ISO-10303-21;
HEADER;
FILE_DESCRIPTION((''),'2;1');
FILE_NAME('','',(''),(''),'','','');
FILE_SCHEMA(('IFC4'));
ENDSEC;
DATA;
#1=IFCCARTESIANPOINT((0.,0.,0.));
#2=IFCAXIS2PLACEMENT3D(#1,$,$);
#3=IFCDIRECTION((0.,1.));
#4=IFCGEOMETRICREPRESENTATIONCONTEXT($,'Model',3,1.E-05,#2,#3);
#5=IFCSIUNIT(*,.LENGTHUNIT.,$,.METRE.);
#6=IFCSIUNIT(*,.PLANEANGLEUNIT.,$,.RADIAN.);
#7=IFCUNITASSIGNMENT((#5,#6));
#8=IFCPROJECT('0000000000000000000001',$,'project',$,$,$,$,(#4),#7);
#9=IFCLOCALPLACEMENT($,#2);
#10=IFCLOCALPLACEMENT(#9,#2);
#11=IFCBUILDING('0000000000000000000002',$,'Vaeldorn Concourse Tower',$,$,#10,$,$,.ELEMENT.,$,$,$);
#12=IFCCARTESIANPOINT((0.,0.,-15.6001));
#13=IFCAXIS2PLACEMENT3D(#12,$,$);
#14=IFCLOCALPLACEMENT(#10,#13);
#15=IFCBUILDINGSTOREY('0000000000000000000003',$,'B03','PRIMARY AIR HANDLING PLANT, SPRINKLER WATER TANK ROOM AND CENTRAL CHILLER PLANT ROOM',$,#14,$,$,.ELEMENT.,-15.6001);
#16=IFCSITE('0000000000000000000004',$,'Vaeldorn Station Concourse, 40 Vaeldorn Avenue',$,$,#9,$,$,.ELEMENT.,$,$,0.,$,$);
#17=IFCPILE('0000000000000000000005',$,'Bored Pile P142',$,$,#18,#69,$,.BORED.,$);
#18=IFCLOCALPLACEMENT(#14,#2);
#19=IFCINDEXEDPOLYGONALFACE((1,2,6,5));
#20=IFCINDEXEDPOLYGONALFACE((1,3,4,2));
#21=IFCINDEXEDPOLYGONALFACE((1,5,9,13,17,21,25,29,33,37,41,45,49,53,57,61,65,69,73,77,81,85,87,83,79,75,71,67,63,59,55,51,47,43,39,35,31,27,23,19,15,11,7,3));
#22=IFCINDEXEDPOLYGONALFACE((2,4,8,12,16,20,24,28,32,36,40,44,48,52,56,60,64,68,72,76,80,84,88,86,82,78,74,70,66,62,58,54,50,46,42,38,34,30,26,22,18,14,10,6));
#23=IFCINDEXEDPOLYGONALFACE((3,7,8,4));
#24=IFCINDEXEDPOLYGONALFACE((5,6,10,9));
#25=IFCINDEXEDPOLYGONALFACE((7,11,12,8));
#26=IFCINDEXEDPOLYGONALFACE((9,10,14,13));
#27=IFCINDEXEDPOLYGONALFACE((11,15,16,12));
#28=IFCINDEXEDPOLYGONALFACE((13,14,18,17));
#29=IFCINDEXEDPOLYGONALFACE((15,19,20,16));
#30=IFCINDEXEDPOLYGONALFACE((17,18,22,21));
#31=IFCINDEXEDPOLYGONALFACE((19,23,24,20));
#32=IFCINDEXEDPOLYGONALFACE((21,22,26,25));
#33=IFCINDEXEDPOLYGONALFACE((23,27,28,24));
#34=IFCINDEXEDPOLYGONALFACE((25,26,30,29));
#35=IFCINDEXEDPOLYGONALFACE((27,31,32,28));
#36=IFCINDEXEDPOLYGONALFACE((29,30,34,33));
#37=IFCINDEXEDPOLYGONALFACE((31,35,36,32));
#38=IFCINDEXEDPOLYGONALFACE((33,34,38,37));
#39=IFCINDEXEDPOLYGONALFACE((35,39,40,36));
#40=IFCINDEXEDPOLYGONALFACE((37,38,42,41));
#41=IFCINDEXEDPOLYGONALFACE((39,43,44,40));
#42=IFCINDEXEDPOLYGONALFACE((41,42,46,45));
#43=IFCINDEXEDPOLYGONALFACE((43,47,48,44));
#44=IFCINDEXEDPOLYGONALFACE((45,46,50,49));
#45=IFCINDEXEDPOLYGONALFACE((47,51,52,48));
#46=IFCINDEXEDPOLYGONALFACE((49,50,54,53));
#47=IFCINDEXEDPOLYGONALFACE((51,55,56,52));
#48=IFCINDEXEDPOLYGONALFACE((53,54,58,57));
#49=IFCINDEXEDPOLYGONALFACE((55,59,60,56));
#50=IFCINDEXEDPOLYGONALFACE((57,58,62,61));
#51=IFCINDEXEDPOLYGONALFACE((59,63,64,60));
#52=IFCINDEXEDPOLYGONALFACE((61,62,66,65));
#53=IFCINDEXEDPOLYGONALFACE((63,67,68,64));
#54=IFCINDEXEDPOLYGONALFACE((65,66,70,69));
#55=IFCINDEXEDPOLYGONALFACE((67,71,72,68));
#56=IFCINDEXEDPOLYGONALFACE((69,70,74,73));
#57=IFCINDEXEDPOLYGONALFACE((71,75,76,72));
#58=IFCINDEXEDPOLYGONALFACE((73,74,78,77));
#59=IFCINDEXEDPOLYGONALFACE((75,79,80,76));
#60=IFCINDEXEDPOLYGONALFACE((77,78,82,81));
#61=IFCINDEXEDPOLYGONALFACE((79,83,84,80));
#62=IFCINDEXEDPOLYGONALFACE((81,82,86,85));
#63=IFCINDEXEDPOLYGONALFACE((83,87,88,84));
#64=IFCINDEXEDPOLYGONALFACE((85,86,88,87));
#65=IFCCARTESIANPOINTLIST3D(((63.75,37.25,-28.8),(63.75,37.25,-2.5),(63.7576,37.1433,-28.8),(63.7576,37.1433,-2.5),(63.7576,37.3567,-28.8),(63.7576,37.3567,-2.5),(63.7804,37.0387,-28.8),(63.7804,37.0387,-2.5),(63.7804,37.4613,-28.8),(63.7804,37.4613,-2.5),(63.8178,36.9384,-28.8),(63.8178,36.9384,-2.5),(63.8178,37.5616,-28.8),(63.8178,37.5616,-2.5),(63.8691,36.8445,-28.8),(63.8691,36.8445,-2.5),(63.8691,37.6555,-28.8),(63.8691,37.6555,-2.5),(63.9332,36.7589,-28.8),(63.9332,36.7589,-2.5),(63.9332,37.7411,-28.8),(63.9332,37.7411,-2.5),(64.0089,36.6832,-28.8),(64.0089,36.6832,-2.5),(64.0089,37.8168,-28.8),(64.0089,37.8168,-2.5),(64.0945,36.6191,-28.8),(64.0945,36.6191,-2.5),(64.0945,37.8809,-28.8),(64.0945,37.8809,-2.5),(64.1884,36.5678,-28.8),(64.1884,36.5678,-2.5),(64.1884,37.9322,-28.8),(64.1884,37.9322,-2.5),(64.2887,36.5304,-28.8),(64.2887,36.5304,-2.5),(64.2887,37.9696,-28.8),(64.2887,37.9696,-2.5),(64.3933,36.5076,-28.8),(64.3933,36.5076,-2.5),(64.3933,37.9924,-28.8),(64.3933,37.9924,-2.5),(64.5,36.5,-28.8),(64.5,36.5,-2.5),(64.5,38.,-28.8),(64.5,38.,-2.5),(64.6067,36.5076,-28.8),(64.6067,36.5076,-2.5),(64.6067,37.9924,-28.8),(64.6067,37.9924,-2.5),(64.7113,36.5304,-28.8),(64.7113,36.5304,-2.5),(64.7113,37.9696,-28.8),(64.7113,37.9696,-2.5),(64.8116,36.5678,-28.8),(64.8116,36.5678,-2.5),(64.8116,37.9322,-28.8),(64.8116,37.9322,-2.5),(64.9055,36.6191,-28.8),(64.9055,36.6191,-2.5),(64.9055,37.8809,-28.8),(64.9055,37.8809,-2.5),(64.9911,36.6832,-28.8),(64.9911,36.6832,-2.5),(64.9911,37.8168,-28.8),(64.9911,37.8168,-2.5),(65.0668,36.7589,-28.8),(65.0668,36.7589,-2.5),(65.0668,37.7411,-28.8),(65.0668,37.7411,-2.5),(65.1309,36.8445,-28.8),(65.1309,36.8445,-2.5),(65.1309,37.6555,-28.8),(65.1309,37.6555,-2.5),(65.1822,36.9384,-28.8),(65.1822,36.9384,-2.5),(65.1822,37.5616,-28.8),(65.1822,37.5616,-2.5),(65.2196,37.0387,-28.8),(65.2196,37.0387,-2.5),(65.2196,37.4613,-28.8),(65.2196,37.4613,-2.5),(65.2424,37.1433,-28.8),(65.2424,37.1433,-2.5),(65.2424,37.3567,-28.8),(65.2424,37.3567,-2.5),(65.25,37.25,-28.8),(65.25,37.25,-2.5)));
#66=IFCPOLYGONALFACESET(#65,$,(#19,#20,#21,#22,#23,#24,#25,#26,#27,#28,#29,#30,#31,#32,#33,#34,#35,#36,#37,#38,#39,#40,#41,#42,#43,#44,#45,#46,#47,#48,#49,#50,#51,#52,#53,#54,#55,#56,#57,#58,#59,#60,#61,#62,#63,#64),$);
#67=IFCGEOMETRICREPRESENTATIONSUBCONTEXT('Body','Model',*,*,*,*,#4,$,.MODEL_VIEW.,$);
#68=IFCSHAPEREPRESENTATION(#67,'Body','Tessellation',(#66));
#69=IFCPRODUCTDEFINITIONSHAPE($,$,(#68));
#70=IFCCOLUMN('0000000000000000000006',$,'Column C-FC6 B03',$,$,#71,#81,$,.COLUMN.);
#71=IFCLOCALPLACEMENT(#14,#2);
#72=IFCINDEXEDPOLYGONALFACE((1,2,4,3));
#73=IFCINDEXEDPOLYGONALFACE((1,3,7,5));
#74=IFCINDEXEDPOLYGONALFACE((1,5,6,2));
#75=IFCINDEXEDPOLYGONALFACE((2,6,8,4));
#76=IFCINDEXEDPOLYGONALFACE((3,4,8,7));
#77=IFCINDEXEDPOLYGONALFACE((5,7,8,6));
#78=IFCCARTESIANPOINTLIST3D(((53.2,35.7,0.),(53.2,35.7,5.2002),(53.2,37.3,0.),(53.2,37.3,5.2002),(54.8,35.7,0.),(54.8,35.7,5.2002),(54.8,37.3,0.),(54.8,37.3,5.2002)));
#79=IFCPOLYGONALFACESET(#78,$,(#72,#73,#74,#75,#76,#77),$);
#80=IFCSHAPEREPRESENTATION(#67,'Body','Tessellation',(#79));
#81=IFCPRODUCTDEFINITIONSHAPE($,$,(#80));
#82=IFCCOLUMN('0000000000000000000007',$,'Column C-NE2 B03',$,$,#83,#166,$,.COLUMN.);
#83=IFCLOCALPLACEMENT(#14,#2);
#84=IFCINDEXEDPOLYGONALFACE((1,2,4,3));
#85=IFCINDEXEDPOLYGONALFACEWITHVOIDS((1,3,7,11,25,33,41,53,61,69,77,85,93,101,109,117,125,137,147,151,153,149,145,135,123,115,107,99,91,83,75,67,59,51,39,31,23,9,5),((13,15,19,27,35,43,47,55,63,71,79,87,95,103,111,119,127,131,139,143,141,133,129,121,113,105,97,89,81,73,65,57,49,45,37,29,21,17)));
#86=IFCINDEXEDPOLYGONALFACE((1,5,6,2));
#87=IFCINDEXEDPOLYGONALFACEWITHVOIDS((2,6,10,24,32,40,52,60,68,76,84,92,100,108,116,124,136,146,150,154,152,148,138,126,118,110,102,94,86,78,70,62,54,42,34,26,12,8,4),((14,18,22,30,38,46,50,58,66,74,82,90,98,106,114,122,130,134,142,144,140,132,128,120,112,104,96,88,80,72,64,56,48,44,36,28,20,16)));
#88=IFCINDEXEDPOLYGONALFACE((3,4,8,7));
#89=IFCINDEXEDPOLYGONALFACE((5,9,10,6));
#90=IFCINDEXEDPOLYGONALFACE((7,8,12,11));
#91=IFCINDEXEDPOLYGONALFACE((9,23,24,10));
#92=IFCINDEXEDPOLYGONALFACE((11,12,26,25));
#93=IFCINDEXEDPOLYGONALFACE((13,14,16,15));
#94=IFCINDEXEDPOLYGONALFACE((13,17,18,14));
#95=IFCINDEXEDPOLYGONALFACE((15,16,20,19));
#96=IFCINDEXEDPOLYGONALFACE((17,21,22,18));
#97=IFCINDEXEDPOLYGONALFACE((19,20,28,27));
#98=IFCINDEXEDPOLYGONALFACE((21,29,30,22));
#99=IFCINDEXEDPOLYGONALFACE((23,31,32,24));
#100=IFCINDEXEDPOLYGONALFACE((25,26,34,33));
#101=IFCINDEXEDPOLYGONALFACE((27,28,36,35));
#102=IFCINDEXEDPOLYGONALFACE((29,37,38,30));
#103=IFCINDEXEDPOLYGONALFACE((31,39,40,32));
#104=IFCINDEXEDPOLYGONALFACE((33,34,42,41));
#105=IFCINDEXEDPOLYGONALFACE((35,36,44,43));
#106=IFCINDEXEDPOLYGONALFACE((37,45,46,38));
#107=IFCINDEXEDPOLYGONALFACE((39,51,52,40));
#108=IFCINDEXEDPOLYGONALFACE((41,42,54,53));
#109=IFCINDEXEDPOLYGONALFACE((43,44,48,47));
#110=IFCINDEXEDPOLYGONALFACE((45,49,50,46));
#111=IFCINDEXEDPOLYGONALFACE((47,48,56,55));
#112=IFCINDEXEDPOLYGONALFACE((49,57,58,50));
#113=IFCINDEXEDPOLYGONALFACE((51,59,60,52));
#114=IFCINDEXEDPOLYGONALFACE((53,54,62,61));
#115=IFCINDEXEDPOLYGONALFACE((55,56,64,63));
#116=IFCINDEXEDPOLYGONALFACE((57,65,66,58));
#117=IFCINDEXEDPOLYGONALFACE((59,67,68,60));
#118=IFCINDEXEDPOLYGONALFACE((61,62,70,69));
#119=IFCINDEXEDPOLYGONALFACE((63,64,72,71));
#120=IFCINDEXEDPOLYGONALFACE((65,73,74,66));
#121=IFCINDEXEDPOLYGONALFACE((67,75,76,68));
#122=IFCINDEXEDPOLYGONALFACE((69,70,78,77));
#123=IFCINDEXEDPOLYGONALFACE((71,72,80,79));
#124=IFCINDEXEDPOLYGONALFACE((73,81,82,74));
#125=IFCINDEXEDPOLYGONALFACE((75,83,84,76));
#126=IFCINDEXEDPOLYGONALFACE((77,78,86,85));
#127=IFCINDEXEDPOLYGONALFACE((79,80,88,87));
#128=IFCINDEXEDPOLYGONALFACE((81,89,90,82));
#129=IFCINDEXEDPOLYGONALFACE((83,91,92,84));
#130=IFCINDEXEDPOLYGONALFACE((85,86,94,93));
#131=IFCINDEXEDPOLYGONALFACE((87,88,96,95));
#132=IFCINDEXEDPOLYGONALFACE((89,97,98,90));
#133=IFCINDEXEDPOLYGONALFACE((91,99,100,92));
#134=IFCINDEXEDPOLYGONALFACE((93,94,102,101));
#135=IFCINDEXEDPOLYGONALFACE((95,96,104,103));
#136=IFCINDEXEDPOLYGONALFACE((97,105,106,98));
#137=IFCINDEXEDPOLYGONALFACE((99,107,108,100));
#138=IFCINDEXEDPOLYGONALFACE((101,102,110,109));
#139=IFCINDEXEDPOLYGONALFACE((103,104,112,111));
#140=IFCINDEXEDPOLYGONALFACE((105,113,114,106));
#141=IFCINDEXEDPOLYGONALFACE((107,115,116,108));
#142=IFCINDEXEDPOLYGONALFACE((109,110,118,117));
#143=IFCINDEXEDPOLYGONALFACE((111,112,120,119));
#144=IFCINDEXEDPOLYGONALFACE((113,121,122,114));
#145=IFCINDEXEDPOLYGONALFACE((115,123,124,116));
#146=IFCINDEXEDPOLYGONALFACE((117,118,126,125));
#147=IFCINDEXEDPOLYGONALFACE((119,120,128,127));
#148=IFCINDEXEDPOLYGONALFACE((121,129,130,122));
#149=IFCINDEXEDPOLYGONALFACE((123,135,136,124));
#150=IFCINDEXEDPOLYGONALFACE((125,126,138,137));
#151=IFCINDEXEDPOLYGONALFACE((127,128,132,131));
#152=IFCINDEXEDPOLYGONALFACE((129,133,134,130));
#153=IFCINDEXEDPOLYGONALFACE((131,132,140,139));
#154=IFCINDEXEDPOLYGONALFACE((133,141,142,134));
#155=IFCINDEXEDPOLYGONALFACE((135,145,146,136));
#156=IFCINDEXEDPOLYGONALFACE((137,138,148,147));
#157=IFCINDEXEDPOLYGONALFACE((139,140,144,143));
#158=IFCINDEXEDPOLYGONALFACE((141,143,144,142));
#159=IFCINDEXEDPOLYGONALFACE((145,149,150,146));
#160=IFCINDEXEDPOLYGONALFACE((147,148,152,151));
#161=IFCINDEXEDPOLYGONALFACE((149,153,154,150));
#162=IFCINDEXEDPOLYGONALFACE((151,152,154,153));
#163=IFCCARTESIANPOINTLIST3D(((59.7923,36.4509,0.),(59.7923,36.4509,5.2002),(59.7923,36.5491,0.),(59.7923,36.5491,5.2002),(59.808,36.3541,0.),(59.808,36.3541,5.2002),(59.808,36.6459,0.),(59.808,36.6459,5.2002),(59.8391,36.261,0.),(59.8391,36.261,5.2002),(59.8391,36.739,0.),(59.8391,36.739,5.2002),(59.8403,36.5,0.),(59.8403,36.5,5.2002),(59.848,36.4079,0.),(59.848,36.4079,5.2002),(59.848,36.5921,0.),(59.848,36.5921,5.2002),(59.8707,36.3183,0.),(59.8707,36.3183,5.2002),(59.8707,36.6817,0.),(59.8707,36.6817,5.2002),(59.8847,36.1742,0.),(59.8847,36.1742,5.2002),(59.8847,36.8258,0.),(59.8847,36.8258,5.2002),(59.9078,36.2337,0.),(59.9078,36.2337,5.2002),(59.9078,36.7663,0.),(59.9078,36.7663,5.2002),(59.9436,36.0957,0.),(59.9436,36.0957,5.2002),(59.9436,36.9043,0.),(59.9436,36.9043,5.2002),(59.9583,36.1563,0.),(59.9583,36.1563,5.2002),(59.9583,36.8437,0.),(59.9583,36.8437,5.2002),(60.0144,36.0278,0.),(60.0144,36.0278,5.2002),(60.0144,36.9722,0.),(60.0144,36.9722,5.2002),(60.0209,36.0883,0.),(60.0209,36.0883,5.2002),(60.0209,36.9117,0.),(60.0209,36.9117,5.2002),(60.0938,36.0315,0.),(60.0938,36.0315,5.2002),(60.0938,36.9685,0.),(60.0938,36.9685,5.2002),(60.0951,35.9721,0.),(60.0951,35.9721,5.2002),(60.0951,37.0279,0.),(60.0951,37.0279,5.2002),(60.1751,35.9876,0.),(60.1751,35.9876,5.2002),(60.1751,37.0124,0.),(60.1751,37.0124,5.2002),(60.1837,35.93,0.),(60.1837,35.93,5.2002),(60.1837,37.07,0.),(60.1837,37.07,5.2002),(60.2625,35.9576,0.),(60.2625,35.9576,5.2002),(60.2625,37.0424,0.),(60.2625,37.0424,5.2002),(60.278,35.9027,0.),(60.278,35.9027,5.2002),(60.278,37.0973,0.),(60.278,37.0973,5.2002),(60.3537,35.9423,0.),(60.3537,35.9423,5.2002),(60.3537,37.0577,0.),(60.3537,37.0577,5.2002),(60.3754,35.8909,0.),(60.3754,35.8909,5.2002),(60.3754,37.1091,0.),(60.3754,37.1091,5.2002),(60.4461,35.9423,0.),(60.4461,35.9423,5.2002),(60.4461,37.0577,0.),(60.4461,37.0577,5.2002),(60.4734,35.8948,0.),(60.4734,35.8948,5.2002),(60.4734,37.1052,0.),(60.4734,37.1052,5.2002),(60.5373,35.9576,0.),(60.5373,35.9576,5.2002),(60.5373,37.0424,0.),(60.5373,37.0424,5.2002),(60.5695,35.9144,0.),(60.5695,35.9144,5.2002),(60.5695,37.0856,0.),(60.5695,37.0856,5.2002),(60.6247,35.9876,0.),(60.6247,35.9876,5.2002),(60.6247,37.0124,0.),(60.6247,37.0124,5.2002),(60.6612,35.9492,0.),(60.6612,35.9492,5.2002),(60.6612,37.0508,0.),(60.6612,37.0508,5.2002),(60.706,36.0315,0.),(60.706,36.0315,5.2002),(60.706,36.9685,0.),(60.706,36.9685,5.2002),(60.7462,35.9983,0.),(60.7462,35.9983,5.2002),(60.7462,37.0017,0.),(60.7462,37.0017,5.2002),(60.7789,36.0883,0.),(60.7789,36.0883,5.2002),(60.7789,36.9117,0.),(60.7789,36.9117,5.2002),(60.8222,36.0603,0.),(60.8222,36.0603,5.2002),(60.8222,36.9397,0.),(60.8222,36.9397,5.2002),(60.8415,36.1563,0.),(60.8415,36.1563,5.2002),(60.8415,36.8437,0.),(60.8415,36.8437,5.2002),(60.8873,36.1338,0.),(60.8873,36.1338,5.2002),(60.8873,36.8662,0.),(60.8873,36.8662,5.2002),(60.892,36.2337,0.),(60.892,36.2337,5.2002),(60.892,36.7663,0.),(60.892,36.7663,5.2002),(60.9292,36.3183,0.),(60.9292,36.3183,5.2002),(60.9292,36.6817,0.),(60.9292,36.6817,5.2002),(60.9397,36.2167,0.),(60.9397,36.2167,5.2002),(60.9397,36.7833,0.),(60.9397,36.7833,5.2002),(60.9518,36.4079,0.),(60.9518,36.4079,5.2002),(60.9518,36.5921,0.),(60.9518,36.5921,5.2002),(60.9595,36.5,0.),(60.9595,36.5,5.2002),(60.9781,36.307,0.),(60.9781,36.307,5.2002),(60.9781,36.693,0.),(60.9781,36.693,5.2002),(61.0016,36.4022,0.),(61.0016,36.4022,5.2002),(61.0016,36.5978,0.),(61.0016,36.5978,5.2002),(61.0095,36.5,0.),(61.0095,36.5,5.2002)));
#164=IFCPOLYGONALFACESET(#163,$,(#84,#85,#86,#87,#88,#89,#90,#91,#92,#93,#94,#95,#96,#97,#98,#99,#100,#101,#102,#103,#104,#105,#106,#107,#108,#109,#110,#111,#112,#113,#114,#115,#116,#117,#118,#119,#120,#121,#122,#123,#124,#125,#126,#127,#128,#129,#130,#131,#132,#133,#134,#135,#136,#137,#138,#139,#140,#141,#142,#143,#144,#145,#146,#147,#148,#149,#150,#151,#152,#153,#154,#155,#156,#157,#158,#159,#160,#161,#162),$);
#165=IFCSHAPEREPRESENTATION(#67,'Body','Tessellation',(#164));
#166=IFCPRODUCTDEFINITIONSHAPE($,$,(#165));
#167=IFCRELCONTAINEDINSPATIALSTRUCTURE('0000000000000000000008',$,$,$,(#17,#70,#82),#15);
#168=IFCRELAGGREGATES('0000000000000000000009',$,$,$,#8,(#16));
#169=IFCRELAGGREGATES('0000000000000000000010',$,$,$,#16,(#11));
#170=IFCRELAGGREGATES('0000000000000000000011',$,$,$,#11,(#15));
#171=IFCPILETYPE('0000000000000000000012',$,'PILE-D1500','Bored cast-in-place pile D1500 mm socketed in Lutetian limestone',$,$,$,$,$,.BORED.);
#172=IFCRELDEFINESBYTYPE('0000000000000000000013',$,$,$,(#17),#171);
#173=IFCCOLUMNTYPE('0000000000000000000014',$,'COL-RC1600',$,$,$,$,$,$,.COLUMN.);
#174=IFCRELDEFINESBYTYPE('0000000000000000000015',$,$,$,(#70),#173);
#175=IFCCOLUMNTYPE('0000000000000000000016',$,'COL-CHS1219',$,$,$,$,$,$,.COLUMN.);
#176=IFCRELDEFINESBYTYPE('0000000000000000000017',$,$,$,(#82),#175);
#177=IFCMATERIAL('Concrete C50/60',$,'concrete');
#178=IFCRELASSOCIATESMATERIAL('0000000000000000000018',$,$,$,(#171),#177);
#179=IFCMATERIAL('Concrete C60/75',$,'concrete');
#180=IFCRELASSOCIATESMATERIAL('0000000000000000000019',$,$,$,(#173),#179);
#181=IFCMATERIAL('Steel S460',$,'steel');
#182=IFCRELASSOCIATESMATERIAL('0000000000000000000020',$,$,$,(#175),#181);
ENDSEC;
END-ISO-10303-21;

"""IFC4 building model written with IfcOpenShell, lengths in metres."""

from ifc_helpers import new_model, si_unit, direction, frame, origin, origin_2d, place, context, subcontext, project, spatial, rectangle, circle, hollow_circle, extrude, source, transform, mapped, material, material_profile, profile_set, type_object, element, save


model = new_model("IFC4")

# Units and contexts
model_context = context("Model", 3, precision=1e-05, world=origin(), true_north=direction((0.0, 1.0)))
body_context = subcontext(model_context, "Body", "Model", "MODEL_VIEW")
ifc_project = project(units=[si_unit("LENGTHUNIT", "METRE"), si_unit("PLANEANGLEUNIT", "RADIAN")], contexts=[model_context])

# Site, building, storey
site_placement = place(None, origin())
site = spatial("IfcSite", under=ifc_project, at=site_placement, Name="Vaeldorn Station Concourse, 40 Vaeldorn Avenue", CompositionType="ELEMENT", RefElevation=0.0)
building_placement = place(site_placement, origin())
building = spatial("IfcBuilding", under=site, at=building_placement, Name="Vaeldorn Concourse Tower", CompositionType="ELEMENT")
storey_placement = place(building_placement, frame((0.0, 0.0, -15.6001)))
storey = spatial("IfcBuildingStorey", under=building, at=storey_placement, Name="B03", Description="PRIMARY AIR HANDLING PLANT, SPRINKLER WATER TANK ROOM AND CENTRAL CHILLER PLANT ROOM", CompositionType="ELEMENT", Elevation=-15.6001)

# Pile
ifc_material_1 = material(Name="Concrete C50/60", Category="concrete")
ifc_material_profile_1 = material_profile(ifc_material_1, circle(Radius=0.75, at=origin_2d()), Name="BORED PILE D1500")
ifc_profile_set_1 = profile_set([ifc_material_profile_1], Name="Concrete C50/60")
pile_type = type_object("IfcPileType", Name="PILE-D1500", Description="Bored cast-in-place pile D1500 mm socketed in Lutetian limestone", PredefinedType="BORED", material=ifc_profile_set_1)
for number, where, z_axis, x_axis, name in (
    (1, (64.5, 37.25, -2.5), (0.0, 0.0, -1.0), (1.0, 0.0, 0.0), "Bored Pile P142"),
):
    element("IfcPile", number, at=place(storey_placement, frame(where, z_axis=z_axis, x_axis=x_axis)), inside=storey, type_object=pile_type, Name=name, PredefinedType="BORED", context=body_context, shape_type="SweptSolid", body=[
        extrude(circle(Radius=0.75, at=origin_2d()), origin(), (0.0, 0.0, 1.0), 26.3),
    ])

# Columns
ifc_material_2 = material(Name="Concrete C60/75", Category="concrete")
ifc_material_profile_2 = material_profile(ifc_material_2, rectangle(XDim=1.6001, YDim=1.6001, at=origin_2d()), Name="RC 1600x1600")
ifc_profile_set_2 = profile_set([ifc_material_profile_2], Name="Concrete C60/75")
column_type_1 = type_object("IfcColumnType", Name="COL-RC1600", PredefinedType="COLUMN", material=ifc_profile_set_2)
shared_shape_1 = source(origin(), body_context, "Body", "SweptSolid", [
    extrude(rectangle(XDim=1.6001, YDim=1.6001, at=origin_2d()), origin(), (0.0, 0.0, 1.0), 5.2002),
])
column_1_placement = place(storey_placement, frame((54.0, 36.5, 0.0), z_axis=(0.0, 0.0, 1.0), x_axis=(1.0, 0.0, 0.0)))
element("IfcColumn", 2, at=column_1_placement, inside=storey, type_object=column_type_1, Name="Column C-FC6 B03", PredefinedType="COLUMN", context=body_context, shape_type="MappedRepresentation", body=[
    mapped(shared_shape_1, transform((0.0, 0.0, 0.0), scale=1.0)),
])
ifc_material_3 = material(Name="Steel S460", Category="steel")
ifc_material_profile_3 = material_profile(ifc_material_3, hollow_circle(Radius=0.6096, WallThickness=0.05, at=origin_2d()), Name="CHS 1219x50")
ifc_profile_set_3 = profile_set([ifc_material_profile_3], Name="Steel S460")
column_type_2 = type_object("IfcColumnType", Name="COL-CHS1219", PredefinedType="COLUMN", material=ifc_profile_set_3)
shared_shape_2 = source(origin(), body_context, "Body", "SweptSolid", [
    extrude(hollow_circle(Radius=0.6096, WallThickness=0.05, at=origin_2d()), origin(), (0.0, 0.0, 1.0), 5.2002),
])
column_2_placement = place(storey_placement, frame((60.3999, 36.5, 0.0), z_axis=(0.0, 0.0, 1.0), x_axis=(1.0, 0.0, 0.0)))
element("IfcColumn", 3, at=column_2_placement, inside=storey, type_object=column_type_2, Name="Column C-NE2 B03", PredefinedType="COLUMN", context=body_context, shape_type="MappedRepresentation", body=[
    mapped(shared_shape_2, transform((0.0, 0.0, 0.0), scale=1.0)),
])

save(model, "model.ifc")
